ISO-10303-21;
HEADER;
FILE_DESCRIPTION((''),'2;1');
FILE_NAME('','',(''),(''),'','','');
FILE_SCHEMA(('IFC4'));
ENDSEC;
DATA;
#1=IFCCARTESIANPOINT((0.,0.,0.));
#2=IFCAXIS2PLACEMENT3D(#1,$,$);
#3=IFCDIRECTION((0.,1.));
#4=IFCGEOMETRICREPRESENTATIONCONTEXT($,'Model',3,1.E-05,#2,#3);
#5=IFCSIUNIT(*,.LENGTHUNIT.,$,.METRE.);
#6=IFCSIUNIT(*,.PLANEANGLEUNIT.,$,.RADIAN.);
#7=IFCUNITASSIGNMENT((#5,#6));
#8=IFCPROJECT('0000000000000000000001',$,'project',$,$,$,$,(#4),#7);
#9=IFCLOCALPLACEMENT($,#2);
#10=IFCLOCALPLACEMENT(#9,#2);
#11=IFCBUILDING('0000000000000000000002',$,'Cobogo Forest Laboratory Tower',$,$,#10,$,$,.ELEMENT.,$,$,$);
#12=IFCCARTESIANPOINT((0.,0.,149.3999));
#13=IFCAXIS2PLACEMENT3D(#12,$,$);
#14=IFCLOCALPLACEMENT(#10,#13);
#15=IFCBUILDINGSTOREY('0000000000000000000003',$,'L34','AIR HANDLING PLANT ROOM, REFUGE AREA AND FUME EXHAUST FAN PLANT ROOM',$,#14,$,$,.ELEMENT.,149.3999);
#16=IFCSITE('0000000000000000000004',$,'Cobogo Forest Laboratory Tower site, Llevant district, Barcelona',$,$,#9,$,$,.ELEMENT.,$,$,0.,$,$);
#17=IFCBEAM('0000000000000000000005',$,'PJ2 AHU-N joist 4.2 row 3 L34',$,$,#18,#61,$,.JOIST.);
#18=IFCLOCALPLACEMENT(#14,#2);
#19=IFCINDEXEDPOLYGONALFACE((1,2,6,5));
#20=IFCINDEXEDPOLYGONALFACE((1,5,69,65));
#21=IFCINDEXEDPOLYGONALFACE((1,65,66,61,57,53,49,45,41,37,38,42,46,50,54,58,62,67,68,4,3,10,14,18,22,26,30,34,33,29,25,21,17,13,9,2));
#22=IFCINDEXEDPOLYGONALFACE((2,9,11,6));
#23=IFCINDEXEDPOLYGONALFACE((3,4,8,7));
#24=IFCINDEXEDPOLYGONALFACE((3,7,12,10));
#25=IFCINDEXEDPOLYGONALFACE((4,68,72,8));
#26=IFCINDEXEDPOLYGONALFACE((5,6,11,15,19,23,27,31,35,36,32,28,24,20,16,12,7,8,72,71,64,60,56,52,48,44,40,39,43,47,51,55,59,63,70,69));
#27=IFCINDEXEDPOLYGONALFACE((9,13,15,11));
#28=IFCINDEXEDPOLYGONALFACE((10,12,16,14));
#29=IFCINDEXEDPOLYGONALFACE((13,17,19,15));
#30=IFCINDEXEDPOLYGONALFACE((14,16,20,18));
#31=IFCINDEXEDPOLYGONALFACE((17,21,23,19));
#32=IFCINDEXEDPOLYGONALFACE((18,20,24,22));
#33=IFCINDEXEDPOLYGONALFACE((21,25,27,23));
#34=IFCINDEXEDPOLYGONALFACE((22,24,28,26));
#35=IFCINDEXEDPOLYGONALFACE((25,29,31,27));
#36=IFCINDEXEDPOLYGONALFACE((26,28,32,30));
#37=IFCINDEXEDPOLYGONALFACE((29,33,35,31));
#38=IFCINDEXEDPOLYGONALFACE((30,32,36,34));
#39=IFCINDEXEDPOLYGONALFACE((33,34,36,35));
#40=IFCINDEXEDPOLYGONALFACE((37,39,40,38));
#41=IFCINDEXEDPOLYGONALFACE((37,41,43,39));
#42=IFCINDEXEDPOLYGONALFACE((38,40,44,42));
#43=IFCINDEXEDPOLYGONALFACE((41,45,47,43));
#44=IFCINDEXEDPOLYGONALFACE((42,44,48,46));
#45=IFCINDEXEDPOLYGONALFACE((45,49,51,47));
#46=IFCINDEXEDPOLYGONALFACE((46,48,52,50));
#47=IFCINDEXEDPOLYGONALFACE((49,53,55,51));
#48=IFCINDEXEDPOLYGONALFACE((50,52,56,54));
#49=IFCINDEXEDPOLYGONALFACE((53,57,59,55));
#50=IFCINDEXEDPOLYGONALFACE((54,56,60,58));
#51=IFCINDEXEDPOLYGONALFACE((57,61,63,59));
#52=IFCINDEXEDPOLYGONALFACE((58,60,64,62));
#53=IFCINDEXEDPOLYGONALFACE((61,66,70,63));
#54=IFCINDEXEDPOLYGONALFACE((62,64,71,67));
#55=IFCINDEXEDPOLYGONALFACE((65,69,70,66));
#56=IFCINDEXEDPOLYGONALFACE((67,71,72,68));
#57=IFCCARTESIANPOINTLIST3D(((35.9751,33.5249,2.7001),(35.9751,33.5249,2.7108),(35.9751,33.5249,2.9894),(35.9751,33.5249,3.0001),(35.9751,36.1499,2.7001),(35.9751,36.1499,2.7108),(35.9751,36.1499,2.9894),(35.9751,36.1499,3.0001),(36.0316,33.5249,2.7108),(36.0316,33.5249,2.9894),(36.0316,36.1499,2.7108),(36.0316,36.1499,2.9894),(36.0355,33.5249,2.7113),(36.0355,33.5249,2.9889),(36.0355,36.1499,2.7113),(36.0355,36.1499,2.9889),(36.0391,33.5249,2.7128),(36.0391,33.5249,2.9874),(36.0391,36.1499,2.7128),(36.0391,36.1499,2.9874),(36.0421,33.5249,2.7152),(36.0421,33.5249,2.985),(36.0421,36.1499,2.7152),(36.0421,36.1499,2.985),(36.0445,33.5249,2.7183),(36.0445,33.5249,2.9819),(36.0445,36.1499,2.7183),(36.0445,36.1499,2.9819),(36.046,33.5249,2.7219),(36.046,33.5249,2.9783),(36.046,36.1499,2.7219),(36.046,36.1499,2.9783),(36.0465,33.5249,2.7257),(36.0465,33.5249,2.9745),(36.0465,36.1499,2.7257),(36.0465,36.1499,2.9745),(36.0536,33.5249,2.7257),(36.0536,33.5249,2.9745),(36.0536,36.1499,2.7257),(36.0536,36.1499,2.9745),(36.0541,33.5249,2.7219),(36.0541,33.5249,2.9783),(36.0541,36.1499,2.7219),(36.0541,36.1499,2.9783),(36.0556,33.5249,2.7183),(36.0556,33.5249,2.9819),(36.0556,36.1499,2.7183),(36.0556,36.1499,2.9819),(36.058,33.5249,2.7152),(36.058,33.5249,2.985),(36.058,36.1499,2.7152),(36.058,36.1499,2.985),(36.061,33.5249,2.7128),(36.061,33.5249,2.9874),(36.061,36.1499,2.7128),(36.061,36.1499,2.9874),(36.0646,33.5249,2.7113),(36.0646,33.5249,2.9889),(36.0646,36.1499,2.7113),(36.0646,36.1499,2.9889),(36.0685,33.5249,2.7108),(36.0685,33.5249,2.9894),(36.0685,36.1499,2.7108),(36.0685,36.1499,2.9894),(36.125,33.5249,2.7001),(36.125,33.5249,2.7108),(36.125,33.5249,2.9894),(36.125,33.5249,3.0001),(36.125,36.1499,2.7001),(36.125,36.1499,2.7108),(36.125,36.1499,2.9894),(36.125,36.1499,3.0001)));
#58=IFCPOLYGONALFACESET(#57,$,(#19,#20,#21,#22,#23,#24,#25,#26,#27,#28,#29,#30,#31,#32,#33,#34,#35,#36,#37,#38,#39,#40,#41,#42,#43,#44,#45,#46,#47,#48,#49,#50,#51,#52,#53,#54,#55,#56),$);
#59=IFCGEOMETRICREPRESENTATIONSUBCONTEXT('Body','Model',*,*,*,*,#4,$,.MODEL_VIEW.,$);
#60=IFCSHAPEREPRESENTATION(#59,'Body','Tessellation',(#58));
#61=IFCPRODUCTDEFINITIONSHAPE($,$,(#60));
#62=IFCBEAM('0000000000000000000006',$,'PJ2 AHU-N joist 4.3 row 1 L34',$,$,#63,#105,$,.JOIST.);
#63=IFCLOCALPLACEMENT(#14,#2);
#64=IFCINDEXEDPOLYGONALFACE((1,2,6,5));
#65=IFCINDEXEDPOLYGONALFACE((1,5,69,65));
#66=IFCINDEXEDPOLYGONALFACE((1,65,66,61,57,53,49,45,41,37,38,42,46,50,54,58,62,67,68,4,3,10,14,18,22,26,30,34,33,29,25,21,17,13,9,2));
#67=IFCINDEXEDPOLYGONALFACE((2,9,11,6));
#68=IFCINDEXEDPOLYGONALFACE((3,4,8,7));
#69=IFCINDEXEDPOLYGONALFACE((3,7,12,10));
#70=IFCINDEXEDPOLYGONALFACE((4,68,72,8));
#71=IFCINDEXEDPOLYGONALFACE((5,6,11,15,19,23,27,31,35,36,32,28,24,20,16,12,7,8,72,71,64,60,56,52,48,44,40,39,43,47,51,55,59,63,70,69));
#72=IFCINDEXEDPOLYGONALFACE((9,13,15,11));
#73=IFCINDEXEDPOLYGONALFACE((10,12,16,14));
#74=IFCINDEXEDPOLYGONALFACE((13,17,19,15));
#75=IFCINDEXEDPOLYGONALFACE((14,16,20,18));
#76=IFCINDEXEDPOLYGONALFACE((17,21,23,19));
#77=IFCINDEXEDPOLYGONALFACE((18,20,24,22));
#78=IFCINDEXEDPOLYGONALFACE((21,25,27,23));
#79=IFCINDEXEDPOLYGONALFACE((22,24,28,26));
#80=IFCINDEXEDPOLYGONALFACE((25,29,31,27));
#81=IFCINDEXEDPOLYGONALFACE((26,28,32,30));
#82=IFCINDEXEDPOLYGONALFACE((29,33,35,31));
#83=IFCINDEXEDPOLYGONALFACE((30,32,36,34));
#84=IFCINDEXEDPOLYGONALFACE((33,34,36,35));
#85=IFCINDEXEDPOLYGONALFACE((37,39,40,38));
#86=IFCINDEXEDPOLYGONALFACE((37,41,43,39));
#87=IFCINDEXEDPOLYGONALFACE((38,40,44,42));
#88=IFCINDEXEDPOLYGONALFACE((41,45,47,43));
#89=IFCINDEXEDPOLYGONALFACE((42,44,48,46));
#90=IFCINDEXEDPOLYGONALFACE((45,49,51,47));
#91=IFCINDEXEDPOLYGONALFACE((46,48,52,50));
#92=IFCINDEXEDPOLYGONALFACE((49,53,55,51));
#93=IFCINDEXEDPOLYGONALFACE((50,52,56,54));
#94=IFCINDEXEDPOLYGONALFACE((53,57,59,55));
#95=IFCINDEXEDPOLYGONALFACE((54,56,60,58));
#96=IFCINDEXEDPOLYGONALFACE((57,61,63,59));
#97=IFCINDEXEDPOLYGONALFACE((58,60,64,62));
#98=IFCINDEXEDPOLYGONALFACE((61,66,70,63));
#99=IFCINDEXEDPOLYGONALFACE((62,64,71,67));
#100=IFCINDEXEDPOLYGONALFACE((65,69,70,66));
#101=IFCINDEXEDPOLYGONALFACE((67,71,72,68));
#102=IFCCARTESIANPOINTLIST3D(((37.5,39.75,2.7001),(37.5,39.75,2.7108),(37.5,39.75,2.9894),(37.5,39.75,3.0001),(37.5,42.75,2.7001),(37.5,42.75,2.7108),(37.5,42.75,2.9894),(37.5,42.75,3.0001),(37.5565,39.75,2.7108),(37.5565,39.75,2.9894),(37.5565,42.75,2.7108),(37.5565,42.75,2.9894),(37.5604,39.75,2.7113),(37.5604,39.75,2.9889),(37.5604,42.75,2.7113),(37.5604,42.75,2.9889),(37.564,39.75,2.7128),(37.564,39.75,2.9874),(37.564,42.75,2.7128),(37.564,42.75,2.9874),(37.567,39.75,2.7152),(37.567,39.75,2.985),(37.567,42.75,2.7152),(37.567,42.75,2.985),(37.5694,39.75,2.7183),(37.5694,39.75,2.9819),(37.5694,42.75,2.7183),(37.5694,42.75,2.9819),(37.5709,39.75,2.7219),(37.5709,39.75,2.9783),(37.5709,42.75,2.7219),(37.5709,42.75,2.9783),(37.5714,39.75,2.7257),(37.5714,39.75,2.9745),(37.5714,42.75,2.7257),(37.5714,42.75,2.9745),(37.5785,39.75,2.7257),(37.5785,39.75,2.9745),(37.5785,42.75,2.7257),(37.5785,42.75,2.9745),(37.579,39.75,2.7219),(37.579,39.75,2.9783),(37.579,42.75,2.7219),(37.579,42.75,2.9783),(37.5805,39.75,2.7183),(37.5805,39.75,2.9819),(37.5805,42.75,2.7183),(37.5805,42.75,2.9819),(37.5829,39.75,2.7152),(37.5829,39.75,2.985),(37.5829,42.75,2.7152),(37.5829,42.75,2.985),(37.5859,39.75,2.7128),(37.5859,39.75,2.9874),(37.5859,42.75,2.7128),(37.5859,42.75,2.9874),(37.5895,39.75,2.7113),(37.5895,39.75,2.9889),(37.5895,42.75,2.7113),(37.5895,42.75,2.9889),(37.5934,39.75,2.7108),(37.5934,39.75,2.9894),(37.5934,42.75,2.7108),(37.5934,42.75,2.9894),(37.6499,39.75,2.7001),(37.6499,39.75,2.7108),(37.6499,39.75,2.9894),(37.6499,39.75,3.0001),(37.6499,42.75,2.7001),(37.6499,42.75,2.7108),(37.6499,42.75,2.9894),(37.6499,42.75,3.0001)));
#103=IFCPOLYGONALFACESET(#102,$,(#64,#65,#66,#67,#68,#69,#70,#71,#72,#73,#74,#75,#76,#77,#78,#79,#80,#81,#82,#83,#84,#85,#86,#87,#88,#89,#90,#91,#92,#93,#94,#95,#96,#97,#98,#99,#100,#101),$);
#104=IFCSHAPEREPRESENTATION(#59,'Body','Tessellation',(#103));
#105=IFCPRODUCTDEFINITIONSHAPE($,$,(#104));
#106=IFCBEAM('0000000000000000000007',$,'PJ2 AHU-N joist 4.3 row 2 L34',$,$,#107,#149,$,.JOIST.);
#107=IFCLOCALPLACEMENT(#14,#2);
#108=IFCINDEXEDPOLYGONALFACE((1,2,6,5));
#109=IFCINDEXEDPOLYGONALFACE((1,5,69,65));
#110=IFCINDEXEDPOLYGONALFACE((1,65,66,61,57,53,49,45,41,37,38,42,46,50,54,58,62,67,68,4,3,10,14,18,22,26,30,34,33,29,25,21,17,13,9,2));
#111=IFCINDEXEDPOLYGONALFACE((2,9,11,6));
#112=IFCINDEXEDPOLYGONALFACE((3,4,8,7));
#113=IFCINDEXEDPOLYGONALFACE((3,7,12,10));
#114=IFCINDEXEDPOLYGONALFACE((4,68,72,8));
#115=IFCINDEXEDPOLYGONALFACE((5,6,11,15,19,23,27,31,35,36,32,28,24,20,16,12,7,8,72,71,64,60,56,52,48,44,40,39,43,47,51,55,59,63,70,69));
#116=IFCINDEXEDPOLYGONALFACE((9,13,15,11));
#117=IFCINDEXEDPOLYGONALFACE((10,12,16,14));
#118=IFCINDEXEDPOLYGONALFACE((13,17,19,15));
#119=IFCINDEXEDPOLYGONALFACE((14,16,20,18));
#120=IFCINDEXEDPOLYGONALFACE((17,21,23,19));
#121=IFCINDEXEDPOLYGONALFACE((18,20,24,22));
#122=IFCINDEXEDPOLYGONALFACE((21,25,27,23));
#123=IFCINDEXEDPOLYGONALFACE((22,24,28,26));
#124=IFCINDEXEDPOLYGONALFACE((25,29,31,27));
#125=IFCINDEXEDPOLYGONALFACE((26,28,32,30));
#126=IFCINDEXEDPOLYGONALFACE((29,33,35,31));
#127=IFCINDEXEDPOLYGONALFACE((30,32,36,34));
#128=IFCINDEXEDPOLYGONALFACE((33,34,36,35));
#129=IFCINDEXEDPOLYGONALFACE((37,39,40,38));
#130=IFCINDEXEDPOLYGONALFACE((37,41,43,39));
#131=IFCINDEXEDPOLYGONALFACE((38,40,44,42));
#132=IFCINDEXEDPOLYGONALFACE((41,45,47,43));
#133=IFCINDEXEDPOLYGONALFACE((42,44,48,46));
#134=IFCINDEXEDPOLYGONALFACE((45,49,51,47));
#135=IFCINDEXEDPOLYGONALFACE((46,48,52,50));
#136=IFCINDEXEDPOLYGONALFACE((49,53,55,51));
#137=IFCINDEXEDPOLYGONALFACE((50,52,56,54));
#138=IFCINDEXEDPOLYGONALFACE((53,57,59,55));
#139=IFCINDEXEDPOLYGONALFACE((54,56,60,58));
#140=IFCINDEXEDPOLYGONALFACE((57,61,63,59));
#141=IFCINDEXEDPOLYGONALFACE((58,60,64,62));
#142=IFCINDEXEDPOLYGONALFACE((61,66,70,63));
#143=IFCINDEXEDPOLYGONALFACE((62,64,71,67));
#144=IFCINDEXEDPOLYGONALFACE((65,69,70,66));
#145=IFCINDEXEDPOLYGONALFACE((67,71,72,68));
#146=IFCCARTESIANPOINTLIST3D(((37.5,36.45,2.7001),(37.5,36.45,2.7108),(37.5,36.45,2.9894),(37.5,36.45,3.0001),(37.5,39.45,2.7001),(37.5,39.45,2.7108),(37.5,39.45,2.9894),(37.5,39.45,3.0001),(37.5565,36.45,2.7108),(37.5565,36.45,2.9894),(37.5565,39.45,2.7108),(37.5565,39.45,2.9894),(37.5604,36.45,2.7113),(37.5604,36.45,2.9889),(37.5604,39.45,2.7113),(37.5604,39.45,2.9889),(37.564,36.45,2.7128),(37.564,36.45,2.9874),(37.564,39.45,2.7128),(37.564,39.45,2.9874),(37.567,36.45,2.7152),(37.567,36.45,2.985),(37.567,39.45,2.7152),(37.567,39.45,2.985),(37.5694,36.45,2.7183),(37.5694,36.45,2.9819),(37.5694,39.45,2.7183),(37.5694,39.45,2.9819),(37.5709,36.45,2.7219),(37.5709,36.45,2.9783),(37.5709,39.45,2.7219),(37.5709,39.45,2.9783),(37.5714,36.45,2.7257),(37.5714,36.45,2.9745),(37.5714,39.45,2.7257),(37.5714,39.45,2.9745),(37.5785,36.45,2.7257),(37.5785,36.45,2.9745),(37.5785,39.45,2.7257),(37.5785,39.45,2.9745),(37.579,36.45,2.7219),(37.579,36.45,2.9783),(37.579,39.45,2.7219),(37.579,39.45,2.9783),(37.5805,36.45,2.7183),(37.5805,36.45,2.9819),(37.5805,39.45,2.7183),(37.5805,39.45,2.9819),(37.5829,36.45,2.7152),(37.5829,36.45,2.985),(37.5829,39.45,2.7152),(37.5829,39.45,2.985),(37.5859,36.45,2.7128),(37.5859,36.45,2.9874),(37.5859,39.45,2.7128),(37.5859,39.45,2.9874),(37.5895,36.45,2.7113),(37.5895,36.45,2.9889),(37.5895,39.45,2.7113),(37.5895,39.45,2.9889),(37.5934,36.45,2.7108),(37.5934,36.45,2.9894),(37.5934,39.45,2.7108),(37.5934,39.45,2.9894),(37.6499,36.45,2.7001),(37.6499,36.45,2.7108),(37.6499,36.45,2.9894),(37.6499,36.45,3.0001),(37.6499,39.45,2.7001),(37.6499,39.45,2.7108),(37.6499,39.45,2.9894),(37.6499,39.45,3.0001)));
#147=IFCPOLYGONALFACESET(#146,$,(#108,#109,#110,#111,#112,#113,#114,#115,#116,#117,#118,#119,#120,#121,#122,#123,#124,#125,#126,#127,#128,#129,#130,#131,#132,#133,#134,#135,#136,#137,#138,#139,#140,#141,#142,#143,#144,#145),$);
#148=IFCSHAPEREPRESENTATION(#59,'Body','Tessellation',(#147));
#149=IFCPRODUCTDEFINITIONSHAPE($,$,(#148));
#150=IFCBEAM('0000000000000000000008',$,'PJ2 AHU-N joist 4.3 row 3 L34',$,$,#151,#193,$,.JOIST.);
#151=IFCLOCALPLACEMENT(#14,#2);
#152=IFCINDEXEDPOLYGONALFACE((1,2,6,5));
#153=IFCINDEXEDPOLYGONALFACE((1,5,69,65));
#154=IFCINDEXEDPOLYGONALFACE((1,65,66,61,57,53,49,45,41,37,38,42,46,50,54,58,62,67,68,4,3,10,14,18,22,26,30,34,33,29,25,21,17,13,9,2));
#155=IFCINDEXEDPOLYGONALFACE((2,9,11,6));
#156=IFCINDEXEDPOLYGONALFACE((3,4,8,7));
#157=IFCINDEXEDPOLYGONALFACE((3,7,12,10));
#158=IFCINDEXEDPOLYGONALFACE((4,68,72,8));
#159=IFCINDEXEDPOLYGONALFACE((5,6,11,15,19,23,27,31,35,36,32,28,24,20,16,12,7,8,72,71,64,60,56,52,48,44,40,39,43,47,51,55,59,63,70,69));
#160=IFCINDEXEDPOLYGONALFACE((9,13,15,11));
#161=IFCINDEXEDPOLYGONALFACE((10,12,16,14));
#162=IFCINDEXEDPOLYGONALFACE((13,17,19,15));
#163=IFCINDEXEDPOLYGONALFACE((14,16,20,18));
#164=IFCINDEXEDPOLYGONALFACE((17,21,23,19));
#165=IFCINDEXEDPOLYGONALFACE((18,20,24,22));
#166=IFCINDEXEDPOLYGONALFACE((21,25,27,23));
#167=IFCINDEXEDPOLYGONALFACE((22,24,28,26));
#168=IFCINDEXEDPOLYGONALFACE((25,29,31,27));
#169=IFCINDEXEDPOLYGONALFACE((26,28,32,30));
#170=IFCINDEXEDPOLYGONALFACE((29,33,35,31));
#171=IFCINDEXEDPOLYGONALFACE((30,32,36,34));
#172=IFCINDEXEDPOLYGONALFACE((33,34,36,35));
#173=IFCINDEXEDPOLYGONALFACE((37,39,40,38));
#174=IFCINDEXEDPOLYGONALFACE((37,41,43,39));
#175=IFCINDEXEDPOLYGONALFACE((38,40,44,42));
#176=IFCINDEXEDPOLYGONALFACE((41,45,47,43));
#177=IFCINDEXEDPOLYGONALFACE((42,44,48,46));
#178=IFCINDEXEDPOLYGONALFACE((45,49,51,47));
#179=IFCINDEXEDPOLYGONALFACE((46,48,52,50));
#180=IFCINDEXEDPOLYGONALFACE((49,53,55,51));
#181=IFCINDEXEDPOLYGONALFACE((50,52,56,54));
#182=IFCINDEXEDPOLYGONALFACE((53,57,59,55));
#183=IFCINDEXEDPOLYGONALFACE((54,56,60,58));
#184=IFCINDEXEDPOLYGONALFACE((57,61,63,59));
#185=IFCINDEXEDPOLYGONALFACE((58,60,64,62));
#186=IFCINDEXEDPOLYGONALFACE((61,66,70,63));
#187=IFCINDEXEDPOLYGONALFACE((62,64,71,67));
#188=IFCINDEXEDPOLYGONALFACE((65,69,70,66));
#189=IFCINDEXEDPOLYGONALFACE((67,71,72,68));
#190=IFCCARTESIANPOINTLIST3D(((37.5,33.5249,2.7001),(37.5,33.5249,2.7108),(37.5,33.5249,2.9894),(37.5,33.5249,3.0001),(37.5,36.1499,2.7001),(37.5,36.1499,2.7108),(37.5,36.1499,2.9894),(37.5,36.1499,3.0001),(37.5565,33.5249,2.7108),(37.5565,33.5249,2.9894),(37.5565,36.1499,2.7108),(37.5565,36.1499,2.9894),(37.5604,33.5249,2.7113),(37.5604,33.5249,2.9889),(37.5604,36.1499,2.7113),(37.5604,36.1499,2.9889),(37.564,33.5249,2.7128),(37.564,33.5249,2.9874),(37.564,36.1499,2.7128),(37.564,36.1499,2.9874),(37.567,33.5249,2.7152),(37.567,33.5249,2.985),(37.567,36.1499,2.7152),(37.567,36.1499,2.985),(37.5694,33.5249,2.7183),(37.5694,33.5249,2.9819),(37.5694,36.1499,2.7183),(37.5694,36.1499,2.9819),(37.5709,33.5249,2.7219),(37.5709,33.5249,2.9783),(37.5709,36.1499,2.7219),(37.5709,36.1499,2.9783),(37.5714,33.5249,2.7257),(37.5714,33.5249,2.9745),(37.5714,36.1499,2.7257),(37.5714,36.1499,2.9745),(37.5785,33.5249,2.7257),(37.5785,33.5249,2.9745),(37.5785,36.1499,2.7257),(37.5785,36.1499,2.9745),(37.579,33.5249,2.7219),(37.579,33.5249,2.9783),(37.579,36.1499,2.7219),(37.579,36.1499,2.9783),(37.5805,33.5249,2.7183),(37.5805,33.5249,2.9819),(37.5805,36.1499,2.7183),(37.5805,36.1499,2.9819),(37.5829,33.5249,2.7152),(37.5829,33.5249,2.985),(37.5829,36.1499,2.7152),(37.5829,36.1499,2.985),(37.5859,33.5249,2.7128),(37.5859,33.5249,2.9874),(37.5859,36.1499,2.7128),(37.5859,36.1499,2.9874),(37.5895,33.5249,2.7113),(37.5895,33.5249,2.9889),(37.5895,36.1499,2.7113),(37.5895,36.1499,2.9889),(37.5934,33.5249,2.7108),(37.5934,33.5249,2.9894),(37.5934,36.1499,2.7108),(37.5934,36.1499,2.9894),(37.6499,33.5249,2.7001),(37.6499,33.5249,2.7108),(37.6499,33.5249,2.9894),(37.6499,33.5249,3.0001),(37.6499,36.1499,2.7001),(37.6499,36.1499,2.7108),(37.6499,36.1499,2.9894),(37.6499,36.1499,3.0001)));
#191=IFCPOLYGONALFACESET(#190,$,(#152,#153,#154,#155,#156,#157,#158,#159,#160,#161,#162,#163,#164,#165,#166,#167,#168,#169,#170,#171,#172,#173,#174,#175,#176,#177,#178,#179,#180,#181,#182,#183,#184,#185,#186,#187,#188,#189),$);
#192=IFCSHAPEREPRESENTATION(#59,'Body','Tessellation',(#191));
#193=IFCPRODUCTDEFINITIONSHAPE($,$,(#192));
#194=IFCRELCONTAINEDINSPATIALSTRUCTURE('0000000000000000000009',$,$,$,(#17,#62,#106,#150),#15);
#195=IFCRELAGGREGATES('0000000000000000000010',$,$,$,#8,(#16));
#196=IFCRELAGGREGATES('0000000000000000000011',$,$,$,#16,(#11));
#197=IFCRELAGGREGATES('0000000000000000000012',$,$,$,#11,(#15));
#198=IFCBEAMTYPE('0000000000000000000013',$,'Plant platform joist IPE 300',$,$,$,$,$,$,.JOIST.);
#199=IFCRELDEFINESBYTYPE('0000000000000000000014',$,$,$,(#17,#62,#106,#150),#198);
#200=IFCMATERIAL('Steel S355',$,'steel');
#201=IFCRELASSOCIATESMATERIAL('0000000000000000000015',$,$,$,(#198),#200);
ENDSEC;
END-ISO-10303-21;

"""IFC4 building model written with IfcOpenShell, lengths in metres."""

from ifc_helpers import new_model, si_unit, direction, frame, origin, origin_2d, place, context, subcontext, project, spatial, i_section, extrude, material, material_profile, profile_set, type_object, element, save


model = new_model("IFC4")

# Units and contexts
model_context = context("Model", 3, precision=1e-05, world=origin(), true_north=direction((0.0, 1.0)))
body_context = subcontext(model_context, "Body", "Model", "MODEL_VIEW")
ifc_project = project(units=[si_unit("LENGTHUNIT", "METRE"), si_unit("PLANEANGLEUNIT", "RADIAN")], contexts=[model_context])

# Site, building, storey
site_placement = place(None, origin())
site = spatial("IfcSite", under=ifc_project, at=site_placement, Name="Cobogo Forest Laboratory Tower site, Llevant district, Barcelona", CompositionType="ELEMENT", RefElevation=0.0)
building_placement = place(site_placement, origin())
building = spatial("IfcBuilding", under=site, at=building_placement, Name="Cobogo Forest Laboratory Tower", CompositionType="ELEMENT")
storey_placement = place(building_placement, frame((0.0, 0.0, 149.3999)))
storey = spatial("IfcBuildingStorey", under=building, at=storey_placement, Name="L34", Description="AIR HANDLING PLANT ROOM, REFUGE AREA AND FUME EXHAUST FAN PLANT ROOM", CompositionType="ELEMENT", Elevation=149.3999)

# Beams
ifc_material = material(Name="Steel S355", Category="steel")
ifc_material_profile_1 = material_profile(ifc_material, i_section(OverallWidth=0.1499, OverallDepth=0.3, WebThickness=0.0071, FlangeThickness=0.0107, FilletRadius=0.0149, at=origin_2d()), Name="IPE 300")
ifc_profile_set_1 = profile_set([ifc_material_profile_1], Name="Steel S355")
beam_type_1 = type_object("IfcBeamType", Name="Plant platform joist IPE 300", PredefinedType="JOIST", material=ifc_profile_set_1)
beam_1_placement = place(storey_placement, frame((36.05, 36.1499, 2.8501), z_axis=(0.0, -1.0, 0.0), x_axis=(1.0, 0.0, 0.0)))
element("IfcBeam", 1, at=beam_1_placement, inside=storey, type_object=beam_type_1, Name="PJ2 AHU-N joist 4.2 row 3 L34", PredefinedType="JOIST", context=body_context, shape_type="SweptSolid", body=[
    extrude(i_section(OverallWidth=0.1499, OverallDepth=0.3, WebThickness=0.0071, FlangeThickness=0.0107, FilletRadius=0.0149, at=origin_2d()), origin(), (0.0, 0.0, 1.0), 2.625),
])
for number, where, z_axis, x_axis, name in (
    (2, (37.575, 42.75, 2.8501), (0.0, -1.0, 0.0), (1.0, 0.0, 0.0), "PJ2 AHU-N joist 4.3 row 1 L34"),
    (3, (37.575, 39.45, 2.8501), (0.0, -1.0, 0.0), (1.0, 0.0, 0.0), "PJ2 AHU-N joist 4.3 row 2 L34"),
):
    element("IfcBeam", number, at=place(storey_placement, frame(where, z_axis=z_axis, x_axis=x_axis)), inside=storey, type_object=beam_type_1, Name=name, PredefinedType="JOIST", context=body_context, shape_type="SweptSolid", body=[
        extrude(i_section(OverallWidth=0.1499, OverallDepth=0.3, WebThickness=0.0071, FlangeThickness=0.0107, FilletRadius=0.0149, at=origin_2d()), origin(), (0.0, 0.0, 1.0), 3.0),
    ])
beam_2_placement = place(storey_placement, frame((37.575, 36.1499, 2.8501), z_axis=(0.0, -1.0, 0.0), x_axis=(1.0, 0.0, 0.0)))
element("IfcBeam", 4, at=beam_2_placement, inside=storey, type_object=beam_type_1, Name="PJ2 AHU-N joist 4.3 row 3 L34", PredefinedType="JOIST", context=body_context, shape_type="SweptSolid", body=[
    extrude(i_section(OverallWidth=0.1499, OverallDepth=0.3, WebThickness=0.0071, FlangeThickness=0.0107, FilletRadius=0.0149, at=origin_2d()), origin(), (0.0, 0.0, 1.0), 2.625),
])

save(model, "model.ifc")
